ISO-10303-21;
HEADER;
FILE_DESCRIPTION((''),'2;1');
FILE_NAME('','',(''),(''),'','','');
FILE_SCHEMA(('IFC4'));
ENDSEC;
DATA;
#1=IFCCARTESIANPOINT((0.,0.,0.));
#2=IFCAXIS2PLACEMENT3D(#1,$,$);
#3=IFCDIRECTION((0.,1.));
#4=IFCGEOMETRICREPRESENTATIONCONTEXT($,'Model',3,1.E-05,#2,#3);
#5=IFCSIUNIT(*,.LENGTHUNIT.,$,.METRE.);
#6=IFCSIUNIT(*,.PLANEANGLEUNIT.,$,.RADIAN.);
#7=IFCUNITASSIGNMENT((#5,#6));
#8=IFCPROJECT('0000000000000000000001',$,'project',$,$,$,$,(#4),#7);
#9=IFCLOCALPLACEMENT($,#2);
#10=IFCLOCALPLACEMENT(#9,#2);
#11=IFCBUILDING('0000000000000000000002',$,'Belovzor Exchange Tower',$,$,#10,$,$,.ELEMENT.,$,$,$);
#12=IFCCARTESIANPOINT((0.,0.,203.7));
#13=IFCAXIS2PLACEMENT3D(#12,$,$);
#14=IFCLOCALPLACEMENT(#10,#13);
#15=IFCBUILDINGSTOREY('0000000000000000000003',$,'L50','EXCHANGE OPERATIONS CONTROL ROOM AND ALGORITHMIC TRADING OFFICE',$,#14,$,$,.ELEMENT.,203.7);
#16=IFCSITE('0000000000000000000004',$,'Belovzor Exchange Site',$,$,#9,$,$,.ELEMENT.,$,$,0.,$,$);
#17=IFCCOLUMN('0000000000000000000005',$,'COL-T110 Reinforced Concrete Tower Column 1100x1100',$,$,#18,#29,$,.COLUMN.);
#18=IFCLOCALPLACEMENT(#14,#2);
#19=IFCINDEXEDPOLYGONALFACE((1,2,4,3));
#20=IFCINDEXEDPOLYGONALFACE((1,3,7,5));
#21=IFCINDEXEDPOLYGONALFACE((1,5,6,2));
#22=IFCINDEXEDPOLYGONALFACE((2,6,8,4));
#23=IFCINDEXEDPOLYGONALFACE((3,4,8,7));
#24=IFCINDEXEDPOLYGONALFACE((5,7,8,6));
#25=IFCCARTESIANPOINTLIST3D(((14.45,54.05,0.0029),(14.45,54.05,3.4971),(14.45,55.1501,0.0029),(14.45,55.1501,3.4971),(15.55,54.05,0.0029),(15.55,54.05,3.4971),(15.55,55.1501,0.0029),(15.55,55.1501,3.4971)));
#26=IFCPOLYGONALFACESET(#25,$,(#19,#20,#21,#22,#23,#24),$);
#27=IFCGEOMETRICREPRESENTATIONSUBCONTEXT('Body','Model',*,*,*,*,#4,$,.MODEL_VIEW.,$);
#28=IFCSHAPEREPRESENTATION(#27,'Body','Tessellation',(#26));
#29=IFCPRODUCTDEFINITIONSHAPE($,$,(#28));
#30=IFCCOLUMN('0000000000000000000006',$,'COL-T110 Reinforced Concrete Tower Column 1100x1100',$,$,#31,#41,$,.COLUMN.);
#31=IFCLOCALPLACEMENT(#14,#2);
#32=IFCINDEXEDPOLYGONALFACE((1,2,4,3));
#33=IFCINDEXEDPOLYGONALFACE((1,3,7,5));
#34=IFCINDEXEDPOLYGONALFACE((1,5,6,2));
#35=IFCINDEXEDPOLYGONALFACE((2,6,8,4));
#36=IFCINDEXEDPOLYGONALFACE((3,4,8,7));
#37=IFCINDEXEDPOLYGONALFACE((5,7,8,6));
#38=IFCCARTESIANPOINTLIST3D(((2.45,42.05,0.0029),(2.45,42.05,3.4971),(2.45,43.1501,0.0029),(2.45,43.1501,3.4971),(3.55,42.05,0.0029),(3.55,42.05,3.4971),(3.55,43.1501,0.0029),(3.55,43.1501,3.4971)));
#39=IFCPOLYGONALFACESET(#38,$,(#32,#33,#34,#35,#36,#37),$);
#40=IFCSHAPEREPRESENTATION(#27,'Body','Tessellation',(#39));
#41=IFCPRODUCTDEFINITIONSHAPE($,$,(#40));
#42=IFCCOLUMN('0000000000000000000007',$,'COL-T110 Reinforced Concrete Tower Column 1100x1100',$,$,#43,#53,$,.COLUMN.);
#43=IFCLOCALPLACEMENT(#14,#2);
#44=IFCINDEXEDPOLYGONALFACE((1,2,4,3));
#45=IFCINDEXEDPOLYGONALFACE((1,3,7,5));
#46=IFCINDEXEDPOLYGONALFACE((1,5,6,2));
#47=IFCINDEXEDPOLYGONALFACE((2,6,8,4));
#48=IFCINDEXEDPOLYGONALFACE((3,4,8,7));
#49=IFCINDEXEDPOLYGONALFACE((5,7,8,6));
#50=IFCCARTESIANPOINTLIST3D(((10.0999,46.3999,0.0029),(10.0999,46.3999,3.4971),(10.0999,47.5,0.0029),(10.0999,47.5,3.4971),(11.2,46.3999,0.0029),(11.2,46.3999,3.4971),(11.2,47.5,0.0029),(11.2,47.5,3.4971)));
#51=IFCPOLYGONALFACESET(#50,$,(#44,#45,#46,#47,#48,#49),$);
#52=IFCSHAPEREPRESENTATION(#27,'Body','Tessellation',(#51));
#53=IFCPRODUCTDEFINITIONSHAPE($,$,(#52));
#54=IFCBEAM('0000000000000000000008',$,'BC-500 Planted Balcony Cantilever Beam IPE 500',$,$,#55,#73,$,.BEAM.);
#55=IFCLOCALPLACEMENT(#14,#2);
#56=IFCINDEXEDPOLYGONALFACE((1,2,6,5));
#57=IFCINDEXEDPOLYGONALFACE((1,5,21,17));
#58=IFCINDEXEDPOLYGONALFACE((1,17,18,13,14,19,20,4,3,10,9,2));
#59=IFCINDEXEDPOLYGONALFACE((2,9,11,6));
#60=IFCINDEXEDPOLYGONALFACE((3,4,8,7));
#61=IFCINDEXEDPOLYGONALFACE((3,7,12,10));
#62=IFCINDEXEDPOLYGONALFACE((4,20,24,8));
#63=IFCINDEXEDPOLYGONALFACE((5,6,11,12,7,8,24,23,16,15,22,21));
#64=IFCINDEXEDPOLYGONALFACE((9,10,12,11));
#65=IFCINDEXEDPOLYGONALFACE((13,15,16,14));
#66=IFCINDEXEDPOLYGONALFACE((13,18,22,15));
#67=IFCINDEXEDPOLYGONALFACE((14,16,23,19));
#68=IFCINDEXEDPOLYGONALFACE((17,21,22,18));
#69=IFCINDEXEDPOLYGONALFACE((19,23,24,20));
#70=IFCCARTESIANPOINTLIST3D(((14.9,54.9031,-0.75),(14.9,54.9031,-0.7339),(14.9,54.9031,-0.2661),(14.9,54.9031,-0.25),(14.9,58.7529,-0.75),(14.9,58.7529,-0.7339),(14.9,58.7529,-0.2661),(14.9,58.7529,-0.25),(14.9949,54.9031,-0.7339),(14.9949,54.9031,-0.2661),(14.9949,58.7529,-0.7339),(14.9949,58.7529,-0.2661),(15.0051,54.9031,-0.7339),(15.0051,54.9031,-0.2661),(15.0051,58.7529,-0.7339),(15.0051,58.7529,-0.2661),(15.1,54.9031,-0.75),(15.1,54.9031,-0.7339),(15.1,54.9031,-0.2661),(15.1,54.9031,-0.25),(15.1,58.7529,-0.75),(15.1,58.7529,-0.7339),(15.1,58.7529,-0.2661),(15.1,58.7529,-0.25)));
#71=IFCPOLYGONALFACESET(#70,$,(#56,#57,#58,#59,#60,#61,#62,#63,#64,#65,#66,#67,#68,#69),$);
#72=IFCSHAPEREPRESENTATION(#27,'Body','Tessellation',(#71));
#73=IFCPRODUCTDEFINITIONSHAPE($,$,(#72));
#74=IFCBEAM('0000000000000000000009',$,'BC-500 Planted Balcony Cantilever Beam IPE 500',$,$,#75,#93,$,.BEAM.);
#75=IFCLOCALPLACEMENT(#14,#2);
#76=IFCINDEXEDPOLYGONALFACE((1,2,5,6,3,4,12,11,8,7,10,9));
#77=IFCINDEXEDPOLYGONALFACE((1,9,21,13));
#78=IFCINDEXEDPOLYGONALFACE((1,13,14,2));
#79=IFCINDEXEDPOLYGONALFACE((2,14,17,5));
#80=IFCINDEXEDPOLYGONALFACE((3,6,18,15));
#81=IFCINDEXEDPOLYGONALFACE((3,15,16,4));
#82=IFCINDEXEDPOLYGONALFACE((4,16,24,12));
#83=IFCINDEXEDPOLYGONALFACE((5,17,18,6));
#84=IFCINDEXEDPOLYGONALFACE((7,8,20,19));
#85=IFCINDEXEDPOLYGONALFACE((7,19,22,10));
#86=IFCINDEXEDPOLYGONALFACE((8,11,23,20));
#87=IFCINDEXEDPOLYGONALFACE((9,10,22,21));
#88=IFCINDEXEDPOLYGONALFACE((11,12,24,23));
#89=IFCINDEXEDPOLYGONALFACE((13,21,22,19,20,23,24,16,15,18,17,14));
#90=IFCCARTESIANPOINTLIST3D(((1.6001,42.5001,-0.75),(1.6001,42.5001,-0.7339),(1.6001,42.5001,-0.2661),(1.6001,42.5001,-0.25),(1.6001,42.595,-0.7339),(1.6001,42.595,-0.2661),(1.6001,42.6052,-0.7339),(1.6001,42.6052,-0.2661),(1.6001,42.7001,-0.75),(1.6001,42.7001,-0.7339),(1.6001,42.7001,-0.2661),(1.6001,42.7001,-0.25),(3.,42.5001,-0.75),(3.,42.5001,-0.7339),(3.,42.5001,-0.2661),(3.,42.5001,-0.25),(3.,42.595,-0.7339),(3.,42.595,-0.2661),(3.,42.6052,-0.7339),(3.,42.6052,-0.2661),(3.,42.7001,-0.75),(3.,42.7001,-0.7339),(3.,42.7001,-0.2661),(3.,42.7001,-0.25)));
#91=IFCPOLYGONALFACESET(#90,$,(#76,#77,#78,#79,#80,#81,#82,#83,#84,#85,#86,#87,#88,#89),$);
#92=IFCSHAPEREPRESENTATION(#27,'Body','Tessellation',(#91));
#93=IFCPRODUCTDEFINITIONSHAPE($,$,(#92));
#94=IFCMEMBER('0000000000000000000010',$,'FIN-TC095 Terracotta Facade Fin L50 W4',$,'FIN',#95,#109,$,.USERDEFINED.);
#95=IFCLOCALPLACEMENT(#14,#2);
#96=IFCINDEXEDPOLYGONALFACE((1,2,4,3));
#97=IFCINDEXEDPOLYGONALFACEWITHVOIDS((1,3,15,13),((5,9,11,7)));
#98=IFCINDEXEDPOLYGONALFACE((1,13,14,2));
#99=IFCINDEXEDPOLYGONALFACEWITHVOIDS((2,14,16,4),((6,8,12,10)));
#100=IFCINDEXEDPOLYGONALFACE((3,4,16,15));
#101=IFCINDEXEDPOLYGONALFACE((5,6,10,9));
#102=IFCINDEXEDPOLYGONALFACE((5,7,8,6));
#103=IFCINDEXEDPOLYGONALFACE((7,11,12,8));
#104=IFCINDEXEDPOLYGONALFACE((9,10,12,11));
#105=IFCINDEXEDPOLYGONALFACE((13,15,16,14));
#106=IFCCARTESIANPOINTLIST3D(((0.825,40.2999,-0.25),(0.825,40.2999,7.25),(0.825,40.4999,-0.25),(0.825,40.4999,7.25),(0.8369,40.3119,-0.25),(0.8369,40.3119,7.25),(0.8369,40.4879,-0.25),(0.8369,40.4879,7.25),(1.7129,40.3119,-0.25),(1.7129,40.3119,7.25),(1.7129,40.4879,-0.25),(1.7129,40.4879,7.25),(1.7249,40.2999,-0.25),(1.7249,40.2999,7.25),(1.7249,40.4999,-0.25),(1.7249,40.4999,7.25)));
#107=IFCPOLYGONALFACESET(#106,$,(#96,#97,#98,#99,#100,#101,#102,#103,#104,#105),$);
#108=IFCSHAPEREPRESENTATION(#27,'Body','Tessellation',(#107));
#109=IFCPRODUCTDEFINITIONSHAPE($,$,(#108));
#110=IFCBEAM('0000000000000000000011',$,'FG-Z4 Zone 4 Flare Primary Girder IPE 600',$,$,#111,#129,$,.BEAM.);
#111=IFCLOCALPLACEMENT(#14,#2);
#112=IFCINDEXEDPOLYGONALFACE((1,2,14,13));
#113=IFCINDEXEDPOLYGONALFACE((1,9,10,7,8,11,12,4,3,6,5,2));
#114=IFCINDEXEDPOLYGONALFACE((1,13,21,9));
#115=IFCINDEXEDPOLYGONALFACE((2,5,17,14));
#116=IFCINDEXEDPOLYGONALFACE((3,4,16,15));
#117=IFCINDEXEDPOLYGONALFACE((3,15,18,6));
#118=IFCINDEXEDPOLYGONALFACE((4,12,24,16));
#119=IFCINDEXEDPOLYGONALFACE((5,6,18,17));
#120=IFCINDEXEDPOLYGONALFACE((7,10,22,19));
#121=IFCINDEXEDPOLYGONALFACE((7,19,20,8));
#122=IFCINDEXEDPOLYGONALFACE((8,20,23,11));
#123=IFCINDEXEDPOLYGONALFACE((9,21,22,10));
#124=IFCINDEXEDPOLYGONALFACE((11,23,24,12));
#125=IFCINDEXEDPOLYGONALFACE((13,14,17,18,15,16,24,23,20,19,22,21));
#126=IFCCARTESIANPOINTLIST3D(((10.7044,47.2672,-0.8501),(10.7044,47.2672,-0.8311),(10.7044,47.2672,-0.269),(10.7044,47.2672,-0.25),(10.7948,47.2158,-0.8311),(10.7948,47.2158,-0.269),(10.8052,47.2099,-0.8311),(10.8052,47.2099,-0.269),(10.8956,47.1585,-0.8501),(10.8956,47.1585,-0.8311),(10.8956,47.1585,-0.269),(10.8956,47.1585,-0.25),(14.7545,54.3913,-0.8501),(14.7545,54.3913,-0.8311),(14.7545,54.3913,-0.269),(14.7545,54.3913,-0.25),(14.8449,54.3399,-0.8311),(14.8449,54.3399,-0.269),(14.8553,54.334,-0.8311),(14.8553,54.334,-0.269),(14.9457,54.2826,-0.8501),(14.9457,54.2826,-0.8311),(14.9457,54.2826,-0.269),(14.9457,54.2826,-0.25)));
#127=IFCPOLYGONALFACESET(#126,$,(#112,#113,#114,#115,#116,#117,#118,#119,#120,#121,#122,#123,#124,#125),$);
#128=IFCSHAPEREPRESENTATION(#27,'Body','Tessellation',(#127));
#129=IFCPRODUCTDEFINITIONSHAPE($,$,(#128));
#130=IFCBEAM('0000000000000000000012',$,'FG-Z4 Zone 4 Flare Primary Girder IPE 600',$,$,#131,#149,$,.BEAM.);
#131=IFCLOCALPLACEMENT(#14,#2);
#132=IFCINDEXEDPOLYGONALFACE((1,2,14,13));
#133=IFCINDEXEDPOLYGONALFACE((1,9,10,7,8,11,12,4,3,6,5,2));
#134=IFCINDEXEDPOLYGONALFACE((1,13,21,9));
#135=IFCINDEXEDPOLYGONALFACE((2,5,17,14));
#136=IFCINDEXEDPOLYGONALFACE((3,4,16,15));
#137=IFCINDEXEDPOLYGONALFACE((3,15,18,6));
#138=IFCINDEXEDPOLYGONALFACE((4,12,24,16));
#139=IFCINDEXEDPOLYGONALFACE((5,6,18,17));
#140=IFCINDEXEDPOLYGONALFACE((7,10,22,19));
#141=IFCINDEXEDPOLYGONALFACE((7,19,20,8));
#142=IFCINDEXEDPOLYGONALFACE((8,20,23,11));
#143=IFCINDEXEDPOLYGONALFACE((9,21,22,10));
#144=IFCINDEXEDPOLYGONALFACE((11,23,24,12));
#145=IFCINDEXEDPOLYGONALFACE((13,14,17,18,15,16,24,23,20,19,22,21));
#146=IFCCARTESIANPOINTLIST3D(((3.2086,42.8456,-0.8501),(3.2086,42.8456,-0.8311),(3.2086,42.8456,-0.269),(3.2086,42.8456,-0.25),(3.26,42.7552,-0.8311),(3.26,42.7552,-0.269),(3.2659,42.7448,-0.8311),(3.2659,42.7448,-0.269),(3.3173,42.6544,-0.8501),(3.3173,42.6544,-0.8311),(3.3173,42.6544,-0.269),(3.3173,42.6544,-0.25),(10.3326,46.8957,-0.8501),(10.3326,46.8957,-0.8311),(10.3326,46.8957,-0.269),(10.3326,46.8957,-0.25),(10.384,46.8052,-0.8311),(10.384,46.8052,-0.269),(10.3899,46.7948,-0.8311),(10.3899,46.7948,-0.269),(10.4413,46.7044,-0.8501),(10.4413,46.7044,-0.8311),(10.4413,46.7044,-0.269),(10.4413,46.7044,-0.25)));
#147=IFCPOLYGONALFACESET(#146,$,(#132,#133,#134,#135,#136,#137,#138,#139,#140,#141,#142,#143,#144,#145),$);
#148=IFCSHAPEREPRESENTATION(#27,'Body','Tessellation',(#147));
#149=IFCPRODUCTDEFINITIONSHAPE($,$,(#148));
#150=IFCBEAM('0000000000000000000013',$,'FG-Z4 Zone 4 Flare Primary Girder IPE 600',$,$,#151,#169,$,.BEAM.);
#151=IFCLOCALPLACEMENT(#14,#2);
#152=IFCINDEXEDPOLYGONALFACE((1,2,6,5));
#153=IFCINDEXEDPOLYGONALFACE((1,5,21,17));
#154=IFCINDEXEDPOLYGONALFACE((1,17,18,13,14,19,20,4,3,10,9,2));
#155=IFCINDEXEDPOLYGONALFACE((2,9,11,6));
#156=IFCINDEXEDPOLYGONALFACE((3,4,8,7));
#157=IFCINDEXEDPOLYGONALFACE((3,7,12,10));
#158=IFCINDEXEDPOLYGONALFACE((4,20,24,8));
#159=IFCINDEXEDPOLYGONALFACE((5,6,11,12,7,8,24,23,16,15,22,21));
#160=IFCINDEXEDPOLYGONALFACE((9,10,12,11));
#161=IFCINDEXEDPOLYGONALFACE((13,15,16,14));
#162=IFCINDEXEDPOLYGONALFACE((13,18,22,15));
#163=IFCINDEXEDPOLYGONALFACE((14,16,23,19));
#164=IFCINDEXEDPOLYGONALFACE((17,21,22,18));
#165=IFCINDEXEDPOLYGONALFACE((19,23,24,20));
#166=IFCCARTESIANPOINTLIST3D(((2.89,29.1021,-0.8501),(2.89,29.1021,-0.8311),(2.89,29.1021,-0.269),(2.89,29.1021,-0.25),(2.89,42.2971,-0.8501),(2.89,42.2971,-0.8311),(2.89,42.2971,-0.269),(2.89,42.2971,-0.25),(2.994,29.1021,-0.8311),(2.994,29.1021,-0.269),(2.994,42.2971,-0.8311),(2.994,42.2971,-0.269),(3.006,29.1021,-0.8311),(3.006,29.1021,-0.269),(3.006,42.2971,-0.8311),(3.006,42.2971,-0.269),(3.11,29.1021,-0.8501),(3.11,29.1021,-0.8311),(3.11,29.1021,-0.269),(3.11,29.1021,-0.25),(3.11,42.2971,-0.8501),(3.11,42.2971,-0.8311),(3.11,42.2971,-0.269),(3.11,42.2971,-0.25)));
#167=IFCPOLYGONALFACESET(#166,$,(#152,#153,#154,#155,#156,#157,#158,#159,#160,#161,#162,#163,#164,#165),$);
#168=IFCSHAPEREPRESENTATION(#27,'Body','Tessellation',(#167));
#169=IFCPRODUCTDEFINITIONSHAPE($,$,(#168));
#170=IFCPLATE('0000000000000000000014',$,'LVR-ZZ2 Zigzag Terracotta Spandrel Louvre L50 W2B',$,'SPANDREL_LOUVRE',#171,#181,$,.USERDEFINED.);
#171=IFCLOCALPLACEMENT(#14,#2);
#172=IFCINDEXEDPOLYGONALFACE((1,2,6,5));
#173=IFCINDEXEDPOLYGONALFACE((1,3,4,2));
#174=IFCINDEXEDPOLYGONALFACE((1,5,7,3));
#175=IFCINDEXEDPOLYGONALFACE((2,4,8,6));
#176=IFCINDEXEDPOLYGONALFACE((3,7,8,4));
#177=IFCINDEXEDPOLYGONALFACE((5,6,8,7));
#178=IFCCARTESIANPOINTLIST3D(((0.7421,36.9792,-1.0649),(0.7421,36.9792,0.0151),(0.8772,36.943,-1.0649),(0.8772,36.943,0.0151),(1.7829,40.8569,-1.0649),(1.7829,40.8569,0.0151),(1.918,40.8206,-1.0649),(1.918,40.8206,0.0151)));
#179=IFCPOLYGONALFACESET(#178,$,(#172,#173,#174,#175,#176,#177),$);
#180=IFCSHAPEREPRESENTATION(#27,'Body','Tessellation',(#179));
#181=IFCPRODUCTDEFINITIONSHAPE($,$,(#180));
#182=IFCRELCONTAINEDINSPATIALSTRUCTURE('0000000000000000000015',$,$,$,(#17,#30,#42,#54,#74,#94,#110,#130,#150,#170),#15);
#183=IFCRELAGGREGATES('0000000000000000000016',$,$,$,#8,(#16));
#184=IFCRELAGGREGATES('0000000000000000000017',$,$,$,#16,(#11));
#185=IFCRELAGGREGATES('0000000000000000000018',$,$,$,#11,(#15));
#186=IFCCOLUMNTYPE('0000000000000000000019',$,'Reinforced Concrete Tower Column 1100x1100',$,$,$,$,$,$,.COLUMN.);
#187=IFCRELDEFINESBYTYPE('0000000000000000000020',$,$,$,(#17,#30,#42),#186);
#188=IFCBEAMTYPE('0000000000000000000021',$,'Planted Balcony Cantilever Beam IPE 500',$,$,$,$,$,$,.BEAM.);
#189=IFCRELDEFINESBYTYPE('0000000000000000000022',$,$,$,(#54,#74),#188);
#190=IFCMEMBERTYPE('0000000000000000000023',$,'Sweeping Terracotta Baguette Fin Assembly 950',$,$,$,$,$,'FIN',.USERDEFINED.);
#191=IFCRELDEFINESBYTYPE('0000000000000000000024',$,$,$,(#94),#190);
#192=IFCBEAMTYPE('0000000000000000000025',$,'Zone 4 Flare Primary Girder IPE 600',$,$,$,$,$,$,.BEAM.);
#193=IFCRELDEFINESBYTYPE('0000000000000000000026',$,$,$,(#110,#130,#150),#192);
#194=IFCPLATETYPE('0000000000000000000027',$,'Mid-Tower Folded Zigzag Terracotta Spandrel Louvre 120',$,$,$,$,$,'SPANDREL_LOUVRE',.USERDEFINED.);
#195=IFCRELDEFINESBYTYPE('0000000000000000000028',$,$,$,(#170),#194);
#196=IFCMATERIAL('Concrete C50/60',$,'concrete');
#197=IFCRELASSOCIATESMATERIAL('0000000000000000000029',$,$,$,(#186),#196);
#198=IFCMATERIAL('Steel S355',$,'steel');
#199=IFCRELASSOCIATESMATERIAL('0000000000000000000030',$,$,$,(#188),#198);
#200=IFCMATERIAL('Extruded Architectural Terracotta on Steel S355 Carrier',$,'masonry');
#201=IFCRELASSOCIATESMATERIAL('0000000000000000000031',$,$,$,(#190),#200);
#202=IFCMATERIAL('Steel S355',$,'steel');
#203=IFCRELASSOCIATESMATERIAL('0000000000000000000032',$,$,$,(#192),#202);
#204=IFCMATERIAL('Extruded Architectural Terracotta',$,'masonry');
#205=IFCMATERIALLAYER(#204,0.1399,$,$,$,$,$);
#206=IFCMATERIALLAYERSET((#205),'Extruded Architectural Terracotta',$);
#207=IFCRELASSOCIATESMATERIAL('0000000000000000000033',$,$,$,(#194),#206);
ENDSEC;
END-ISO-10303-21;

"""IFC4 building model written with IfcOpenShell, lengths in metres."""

from ifc_helpers import new_model, si_unit, direction, frame, origin, origin_2d, place, context, subcontext, project, spatial, rectangle, hollow_rectangle, i_section, extrude, material, layer, layer_set, material_profile, profile_set, type_object, element, save


model = new_model("IFC4")

# Units and contexts
model_context = context("Model", 3, precision=1e-05, world=origin(), true_north=direction((0.0, 1.0)))
body_context = subcontext(model_context, "Body", "Model", "MODEL_VIEW")
ifc_project = project(units=[si_unit("LENGTHUNIT", "METRE"), si_unit("PLANEANGLEUNIT", "RADIAN")], contexts=[model_context])

# Site, building, storey
site_placement = place(None, origin())
site = spatial("IfcSite", under=ifc_project, at=site_placement, Name="Belovzor Exchange Site", CompositionType="ELEMENT", RefElevation=0.0)
building_placement = place(site_placement, origin())
building = spatial("IfcBuilding", under=site, at=building_placement, Name="Belovzor Exchange Tower", CompositionType="ELEMENT")
storey_placement = place(building_placement, frame((0.0, 0.0, 203.7)))
storey = spatial("IfcBuildingStorey", under=building, at=storey_placement, Name="L50", Description="EXCHANGE OPERATIONS CONTROL ROOM AND ALGORITHMIC TRADING OFFICE", CompositionType="ELEMENT", Elevation=203.7)

# Columns
ifc_material_1 = material(Name="Concrete C50/60", Category="concrete")
ifc_material_profile_1 = material_profile(ifc_material_1, rectangle(XDim=1.1001, YDim=1.1001, at=origin_2d()))
ifc_profile_set_1 = profile_set([ifc_material_profile_1], Name="Concrete C50/60")
column_type = type_object("IfcColumnType", Name="Reinforced Concrete Tower Column 1100x1100", PredefinedType="COLUMN", material=ifc_profile_set_1)
for number, where, z_axis, x_axis, name in (
    (1, (15.0, 54.6001, 0.0029), (0.0, 0.0, 1.0), (1.0, 0.0, 0.0), "COL-T110 Reinforced Concrete Tower Column 1100x1100"),
    (2, (3.0, 42.6001, 0.0029), (0.0, 0.0, 1.0), (1.0, 0.0, 0.0), "COL-T110 Reinforced Concrete Tower Column 1100x1100"),
    (3, (10.6499, 46.95, 0.0029), (0.0, 0.0, 1.0), (1.0, 0.0, 0.0), "COL-T110 Reinforced Concrete Tower Column 1100x1100"),
):
    element("IfcColumn", number, at=place(storey_placement, frame(where, z_axis=z_axis, x_axis=x_axis)), inside=storey, type_object=column_type, Name=name, PredefinedType="COLUMN", context=body_context, shape_type="SweptSolid", body=[
        extrude(rectangle(XDim=1.1001, YDim=1.1001, at=origin_2d()), origin(), (0.0, 0.0, 1.0), 3.4941),
    ])

# Beams
ifc_material_2 = material(Name="Steel S355", Category="steel")
ifc_material_profile_2 = material_profile(ifc_material_2, i_section(OverallWidth=0.2, OverallDepth=0.5, WebThickness=0.0103, FlangeThickness=0.0161, at=origin_2d()))
ifc_profile_set_2 = profile_set([ifc_material_profile_2], Name="Steel S355")
beam_type_1 = type_object("IfcBeamType", Name="Planted Balcony Cantilever Beam IPE 500", PredefinedType="BEAM", material=ifc_profile_set_2)
beam_1_placement = place(storey_placement, frame((15.0, 54.9031, -0.5), z_axis=(0.0, 1.0, 0.0), x_axis=(-1.0, 0.0, 0.0)))
element("IfcBeam", 4, at=beam_1_placement, inside=storey, type_object=beam_type_1, Name="BC-500 Planted Balcony Cantilever Beam IPE 500", PredefinedType="BEAM", context=body_context, shape_type="SweptSolid", body=[
    extrude(i_section(OverallWidth=0.2, OverallDepth=0.5, WebThickness=0.0103, FlangeThickness=0.0161, at=origin_2d()), origin(), (0.0, 0.0, 1.0), 3.8499),
])
beam_2_placement = place(storey_placement, frame((3.0, 42.6001, -0.5), z_axis=(-1.0, 0.0, 0.0), x_axis=(0.0, -1.0, 0.0)))
element("IfcBeam", 5, at=beam_2_placement, inside=storey, type_object=beam_type_1, Name="BC-500 Planted Balcony Cantilever Beam IPE 500", PredefinedType="BEAM", context=body_context, shape_type="SweptSolid", body=[
    extrude(i_section(OverallWidth=0.2, OverallDepth=0.5, WebThickness=0.0103, FlangeThickness=0.0161, at=origin_2d()), origin(), (0.0, 0.0, 1.0), 1.3999),
])

# Member
ifc_material_3 = material(Name="Extruded Architectural Terracotta on Steel S355 Carrier", Category="masonry")
ifc_material_profile_3 = material_profile(ifc_material_3, hollow_rectangle(XDim=0.2, YDim=0.8999, WallThickness=0.012, at=origin_2d()))
ifc_profile_set_3 = profile_set([ifc_material_profile_3], Name="Extruded Architectural Terracotta on Steel S355 Carrier")
member_type = type_object("IfcMemberType", Name="Sweeping Terracotta Baguette Fin Assembly 950", ElementType="FIN", PredefinedType="USERDEFINED", material=ifc_profile_set_3)
member_placement = place(storey_placement, frame((1.2749, 40.3999, -0.25), z_axis=(0.0, 0.0, 1.0), x_axis=(0.0, 1.0, 0.0)))
element("IfcMember", 6, at=member_placement, inside=storey, type_object=member_type, Name="FIN-TC095 Terracotta Facade Fin L50 W4", ObjectType="FIN", PredefinedType="USERDEFINED", context=body_context, shape_type="SweptSolid", body=[
    extrude(hollow_rectangle(XDim=0.2, YDim=0.8999, WallThickness=0.012, at=origin_2d()), origin(), (0.0, 0.0, 1.0), 7.5),
])

# Beams
ifc_material_4 = material(Name="Steel S355", Category="steel")
ifc_material_profile_4 = material_profile(ifc_material_4, i_section(OverallWidth=0.22, OverallDepth=0.6001, WebThickness=0.012, FlangeThickness=0.019, at=origin_2d()))
ifc_profile_set_4 = profile_set([ifc_material_profile_4], Name="Steel S355")
beam_type_2 = type_object("IfcBeamType", Name="Zone 4 Flare Primary Girder IPE 600", PredefinedType="BEAM", material=ifc_profile_set_4)
for number, where, z_axis, x_axis, name in (
    (7, (14.8501, 54.3369, -0.55), (-0.494222, -0.869336, 0.0), (0.869336, -0.494222, 0.0), "FG-Z4 Zone 4 Flare Primary Girder IPE 600"),
    (8, (10.387, 46.8, -0.55), (-0.869336, -0.494222, 0.0), (0.494222, -0.869336, 0.0), "FG-Z4 Zone 4 Flare Primary Girder IPE 600"),
):
    element("IfcBeam", number, at=place(storey_placement, frame(where, z_axis=z_axis, x_axis=x_axis)), inside=storey, type_object=beam_type_2, Name=name, PredefinedType="BEAM", context=body_context, shape_type="SweptSolid", body=[
        extrude(i_section(OverallWidth=0.22, OverallDepth=0.6001, WebThickness=0.012, FlangeThickness=0.019, at=origin_2d()), origin(), (0.0, 0.0, 1.0), 8.1948),
    ])
beam_3_placement = place(storey_placement, frame((3.0, 42.2971, -0.55), z_axis=(0.0, -1.0, 0.0), x_axis=(1.0, 0.0, 0.0)))
element("IfcBeam", 9, at=beam_3_placement, inside=storey, type_object=beam_type_2, Name="FG-Z4 Zone 4 Flare Primary Girder IPE 600", PredefinedType="BEAM", context=body_context, shape_type="SweptSolid", body=[
    extrude(i_section(OverallWidth=0.22, OverallDepth=0.6001, WebThickness=0.012, FlangeThickness=0.019, at=origin_2d()), origin(), (0.0, 0.0, 1.0), 13.1951),
])

# Plate
ifc_material_5 = material(Name="Extruded Architectural Terracotta", Category="masonry")
ifc_layer_1 = layer(ifc_material_5, 0.1399)
ifc_layer_set_1 = layer_set([ifc_layer_1], Name="Extruded Architectural Terracotta")
plate_type = type_object("IfcPlateType", Name="Mid-Tower Folded Zigzag Terracotta Spandrel Louvre 120", ElementType="SPANDREL_LOUVRE", PredefinedType="USERDEFINED", material=ifc_layer_set_1)
plate_placement = place(storey_placement, frame((1.3301, 38.8999, -1.0649), z_axis=(0.0, 0.0, 1.0), x_axis=(0.25924, 0.965813, 0.0)))
element("IfcPlate", 10, at=plate_placement, inside=storey, type_object=plate_type, Name="LVR-ZZ2 Zigzag Terracotta Spandrel Louvre L50 W2B", ObjectType="SPANDREL_LOUVRE", PredefinedType="USERDEFINED", context=body_context, shape_type="SweptSolid", body=[
    extrude(rectangle(XDim=4.0149, YDim=0.1399, at=origin_2d()), origin(), (0.0, 0.0, 1.0), 1.0801),
])

save(model, "model.ifc")
